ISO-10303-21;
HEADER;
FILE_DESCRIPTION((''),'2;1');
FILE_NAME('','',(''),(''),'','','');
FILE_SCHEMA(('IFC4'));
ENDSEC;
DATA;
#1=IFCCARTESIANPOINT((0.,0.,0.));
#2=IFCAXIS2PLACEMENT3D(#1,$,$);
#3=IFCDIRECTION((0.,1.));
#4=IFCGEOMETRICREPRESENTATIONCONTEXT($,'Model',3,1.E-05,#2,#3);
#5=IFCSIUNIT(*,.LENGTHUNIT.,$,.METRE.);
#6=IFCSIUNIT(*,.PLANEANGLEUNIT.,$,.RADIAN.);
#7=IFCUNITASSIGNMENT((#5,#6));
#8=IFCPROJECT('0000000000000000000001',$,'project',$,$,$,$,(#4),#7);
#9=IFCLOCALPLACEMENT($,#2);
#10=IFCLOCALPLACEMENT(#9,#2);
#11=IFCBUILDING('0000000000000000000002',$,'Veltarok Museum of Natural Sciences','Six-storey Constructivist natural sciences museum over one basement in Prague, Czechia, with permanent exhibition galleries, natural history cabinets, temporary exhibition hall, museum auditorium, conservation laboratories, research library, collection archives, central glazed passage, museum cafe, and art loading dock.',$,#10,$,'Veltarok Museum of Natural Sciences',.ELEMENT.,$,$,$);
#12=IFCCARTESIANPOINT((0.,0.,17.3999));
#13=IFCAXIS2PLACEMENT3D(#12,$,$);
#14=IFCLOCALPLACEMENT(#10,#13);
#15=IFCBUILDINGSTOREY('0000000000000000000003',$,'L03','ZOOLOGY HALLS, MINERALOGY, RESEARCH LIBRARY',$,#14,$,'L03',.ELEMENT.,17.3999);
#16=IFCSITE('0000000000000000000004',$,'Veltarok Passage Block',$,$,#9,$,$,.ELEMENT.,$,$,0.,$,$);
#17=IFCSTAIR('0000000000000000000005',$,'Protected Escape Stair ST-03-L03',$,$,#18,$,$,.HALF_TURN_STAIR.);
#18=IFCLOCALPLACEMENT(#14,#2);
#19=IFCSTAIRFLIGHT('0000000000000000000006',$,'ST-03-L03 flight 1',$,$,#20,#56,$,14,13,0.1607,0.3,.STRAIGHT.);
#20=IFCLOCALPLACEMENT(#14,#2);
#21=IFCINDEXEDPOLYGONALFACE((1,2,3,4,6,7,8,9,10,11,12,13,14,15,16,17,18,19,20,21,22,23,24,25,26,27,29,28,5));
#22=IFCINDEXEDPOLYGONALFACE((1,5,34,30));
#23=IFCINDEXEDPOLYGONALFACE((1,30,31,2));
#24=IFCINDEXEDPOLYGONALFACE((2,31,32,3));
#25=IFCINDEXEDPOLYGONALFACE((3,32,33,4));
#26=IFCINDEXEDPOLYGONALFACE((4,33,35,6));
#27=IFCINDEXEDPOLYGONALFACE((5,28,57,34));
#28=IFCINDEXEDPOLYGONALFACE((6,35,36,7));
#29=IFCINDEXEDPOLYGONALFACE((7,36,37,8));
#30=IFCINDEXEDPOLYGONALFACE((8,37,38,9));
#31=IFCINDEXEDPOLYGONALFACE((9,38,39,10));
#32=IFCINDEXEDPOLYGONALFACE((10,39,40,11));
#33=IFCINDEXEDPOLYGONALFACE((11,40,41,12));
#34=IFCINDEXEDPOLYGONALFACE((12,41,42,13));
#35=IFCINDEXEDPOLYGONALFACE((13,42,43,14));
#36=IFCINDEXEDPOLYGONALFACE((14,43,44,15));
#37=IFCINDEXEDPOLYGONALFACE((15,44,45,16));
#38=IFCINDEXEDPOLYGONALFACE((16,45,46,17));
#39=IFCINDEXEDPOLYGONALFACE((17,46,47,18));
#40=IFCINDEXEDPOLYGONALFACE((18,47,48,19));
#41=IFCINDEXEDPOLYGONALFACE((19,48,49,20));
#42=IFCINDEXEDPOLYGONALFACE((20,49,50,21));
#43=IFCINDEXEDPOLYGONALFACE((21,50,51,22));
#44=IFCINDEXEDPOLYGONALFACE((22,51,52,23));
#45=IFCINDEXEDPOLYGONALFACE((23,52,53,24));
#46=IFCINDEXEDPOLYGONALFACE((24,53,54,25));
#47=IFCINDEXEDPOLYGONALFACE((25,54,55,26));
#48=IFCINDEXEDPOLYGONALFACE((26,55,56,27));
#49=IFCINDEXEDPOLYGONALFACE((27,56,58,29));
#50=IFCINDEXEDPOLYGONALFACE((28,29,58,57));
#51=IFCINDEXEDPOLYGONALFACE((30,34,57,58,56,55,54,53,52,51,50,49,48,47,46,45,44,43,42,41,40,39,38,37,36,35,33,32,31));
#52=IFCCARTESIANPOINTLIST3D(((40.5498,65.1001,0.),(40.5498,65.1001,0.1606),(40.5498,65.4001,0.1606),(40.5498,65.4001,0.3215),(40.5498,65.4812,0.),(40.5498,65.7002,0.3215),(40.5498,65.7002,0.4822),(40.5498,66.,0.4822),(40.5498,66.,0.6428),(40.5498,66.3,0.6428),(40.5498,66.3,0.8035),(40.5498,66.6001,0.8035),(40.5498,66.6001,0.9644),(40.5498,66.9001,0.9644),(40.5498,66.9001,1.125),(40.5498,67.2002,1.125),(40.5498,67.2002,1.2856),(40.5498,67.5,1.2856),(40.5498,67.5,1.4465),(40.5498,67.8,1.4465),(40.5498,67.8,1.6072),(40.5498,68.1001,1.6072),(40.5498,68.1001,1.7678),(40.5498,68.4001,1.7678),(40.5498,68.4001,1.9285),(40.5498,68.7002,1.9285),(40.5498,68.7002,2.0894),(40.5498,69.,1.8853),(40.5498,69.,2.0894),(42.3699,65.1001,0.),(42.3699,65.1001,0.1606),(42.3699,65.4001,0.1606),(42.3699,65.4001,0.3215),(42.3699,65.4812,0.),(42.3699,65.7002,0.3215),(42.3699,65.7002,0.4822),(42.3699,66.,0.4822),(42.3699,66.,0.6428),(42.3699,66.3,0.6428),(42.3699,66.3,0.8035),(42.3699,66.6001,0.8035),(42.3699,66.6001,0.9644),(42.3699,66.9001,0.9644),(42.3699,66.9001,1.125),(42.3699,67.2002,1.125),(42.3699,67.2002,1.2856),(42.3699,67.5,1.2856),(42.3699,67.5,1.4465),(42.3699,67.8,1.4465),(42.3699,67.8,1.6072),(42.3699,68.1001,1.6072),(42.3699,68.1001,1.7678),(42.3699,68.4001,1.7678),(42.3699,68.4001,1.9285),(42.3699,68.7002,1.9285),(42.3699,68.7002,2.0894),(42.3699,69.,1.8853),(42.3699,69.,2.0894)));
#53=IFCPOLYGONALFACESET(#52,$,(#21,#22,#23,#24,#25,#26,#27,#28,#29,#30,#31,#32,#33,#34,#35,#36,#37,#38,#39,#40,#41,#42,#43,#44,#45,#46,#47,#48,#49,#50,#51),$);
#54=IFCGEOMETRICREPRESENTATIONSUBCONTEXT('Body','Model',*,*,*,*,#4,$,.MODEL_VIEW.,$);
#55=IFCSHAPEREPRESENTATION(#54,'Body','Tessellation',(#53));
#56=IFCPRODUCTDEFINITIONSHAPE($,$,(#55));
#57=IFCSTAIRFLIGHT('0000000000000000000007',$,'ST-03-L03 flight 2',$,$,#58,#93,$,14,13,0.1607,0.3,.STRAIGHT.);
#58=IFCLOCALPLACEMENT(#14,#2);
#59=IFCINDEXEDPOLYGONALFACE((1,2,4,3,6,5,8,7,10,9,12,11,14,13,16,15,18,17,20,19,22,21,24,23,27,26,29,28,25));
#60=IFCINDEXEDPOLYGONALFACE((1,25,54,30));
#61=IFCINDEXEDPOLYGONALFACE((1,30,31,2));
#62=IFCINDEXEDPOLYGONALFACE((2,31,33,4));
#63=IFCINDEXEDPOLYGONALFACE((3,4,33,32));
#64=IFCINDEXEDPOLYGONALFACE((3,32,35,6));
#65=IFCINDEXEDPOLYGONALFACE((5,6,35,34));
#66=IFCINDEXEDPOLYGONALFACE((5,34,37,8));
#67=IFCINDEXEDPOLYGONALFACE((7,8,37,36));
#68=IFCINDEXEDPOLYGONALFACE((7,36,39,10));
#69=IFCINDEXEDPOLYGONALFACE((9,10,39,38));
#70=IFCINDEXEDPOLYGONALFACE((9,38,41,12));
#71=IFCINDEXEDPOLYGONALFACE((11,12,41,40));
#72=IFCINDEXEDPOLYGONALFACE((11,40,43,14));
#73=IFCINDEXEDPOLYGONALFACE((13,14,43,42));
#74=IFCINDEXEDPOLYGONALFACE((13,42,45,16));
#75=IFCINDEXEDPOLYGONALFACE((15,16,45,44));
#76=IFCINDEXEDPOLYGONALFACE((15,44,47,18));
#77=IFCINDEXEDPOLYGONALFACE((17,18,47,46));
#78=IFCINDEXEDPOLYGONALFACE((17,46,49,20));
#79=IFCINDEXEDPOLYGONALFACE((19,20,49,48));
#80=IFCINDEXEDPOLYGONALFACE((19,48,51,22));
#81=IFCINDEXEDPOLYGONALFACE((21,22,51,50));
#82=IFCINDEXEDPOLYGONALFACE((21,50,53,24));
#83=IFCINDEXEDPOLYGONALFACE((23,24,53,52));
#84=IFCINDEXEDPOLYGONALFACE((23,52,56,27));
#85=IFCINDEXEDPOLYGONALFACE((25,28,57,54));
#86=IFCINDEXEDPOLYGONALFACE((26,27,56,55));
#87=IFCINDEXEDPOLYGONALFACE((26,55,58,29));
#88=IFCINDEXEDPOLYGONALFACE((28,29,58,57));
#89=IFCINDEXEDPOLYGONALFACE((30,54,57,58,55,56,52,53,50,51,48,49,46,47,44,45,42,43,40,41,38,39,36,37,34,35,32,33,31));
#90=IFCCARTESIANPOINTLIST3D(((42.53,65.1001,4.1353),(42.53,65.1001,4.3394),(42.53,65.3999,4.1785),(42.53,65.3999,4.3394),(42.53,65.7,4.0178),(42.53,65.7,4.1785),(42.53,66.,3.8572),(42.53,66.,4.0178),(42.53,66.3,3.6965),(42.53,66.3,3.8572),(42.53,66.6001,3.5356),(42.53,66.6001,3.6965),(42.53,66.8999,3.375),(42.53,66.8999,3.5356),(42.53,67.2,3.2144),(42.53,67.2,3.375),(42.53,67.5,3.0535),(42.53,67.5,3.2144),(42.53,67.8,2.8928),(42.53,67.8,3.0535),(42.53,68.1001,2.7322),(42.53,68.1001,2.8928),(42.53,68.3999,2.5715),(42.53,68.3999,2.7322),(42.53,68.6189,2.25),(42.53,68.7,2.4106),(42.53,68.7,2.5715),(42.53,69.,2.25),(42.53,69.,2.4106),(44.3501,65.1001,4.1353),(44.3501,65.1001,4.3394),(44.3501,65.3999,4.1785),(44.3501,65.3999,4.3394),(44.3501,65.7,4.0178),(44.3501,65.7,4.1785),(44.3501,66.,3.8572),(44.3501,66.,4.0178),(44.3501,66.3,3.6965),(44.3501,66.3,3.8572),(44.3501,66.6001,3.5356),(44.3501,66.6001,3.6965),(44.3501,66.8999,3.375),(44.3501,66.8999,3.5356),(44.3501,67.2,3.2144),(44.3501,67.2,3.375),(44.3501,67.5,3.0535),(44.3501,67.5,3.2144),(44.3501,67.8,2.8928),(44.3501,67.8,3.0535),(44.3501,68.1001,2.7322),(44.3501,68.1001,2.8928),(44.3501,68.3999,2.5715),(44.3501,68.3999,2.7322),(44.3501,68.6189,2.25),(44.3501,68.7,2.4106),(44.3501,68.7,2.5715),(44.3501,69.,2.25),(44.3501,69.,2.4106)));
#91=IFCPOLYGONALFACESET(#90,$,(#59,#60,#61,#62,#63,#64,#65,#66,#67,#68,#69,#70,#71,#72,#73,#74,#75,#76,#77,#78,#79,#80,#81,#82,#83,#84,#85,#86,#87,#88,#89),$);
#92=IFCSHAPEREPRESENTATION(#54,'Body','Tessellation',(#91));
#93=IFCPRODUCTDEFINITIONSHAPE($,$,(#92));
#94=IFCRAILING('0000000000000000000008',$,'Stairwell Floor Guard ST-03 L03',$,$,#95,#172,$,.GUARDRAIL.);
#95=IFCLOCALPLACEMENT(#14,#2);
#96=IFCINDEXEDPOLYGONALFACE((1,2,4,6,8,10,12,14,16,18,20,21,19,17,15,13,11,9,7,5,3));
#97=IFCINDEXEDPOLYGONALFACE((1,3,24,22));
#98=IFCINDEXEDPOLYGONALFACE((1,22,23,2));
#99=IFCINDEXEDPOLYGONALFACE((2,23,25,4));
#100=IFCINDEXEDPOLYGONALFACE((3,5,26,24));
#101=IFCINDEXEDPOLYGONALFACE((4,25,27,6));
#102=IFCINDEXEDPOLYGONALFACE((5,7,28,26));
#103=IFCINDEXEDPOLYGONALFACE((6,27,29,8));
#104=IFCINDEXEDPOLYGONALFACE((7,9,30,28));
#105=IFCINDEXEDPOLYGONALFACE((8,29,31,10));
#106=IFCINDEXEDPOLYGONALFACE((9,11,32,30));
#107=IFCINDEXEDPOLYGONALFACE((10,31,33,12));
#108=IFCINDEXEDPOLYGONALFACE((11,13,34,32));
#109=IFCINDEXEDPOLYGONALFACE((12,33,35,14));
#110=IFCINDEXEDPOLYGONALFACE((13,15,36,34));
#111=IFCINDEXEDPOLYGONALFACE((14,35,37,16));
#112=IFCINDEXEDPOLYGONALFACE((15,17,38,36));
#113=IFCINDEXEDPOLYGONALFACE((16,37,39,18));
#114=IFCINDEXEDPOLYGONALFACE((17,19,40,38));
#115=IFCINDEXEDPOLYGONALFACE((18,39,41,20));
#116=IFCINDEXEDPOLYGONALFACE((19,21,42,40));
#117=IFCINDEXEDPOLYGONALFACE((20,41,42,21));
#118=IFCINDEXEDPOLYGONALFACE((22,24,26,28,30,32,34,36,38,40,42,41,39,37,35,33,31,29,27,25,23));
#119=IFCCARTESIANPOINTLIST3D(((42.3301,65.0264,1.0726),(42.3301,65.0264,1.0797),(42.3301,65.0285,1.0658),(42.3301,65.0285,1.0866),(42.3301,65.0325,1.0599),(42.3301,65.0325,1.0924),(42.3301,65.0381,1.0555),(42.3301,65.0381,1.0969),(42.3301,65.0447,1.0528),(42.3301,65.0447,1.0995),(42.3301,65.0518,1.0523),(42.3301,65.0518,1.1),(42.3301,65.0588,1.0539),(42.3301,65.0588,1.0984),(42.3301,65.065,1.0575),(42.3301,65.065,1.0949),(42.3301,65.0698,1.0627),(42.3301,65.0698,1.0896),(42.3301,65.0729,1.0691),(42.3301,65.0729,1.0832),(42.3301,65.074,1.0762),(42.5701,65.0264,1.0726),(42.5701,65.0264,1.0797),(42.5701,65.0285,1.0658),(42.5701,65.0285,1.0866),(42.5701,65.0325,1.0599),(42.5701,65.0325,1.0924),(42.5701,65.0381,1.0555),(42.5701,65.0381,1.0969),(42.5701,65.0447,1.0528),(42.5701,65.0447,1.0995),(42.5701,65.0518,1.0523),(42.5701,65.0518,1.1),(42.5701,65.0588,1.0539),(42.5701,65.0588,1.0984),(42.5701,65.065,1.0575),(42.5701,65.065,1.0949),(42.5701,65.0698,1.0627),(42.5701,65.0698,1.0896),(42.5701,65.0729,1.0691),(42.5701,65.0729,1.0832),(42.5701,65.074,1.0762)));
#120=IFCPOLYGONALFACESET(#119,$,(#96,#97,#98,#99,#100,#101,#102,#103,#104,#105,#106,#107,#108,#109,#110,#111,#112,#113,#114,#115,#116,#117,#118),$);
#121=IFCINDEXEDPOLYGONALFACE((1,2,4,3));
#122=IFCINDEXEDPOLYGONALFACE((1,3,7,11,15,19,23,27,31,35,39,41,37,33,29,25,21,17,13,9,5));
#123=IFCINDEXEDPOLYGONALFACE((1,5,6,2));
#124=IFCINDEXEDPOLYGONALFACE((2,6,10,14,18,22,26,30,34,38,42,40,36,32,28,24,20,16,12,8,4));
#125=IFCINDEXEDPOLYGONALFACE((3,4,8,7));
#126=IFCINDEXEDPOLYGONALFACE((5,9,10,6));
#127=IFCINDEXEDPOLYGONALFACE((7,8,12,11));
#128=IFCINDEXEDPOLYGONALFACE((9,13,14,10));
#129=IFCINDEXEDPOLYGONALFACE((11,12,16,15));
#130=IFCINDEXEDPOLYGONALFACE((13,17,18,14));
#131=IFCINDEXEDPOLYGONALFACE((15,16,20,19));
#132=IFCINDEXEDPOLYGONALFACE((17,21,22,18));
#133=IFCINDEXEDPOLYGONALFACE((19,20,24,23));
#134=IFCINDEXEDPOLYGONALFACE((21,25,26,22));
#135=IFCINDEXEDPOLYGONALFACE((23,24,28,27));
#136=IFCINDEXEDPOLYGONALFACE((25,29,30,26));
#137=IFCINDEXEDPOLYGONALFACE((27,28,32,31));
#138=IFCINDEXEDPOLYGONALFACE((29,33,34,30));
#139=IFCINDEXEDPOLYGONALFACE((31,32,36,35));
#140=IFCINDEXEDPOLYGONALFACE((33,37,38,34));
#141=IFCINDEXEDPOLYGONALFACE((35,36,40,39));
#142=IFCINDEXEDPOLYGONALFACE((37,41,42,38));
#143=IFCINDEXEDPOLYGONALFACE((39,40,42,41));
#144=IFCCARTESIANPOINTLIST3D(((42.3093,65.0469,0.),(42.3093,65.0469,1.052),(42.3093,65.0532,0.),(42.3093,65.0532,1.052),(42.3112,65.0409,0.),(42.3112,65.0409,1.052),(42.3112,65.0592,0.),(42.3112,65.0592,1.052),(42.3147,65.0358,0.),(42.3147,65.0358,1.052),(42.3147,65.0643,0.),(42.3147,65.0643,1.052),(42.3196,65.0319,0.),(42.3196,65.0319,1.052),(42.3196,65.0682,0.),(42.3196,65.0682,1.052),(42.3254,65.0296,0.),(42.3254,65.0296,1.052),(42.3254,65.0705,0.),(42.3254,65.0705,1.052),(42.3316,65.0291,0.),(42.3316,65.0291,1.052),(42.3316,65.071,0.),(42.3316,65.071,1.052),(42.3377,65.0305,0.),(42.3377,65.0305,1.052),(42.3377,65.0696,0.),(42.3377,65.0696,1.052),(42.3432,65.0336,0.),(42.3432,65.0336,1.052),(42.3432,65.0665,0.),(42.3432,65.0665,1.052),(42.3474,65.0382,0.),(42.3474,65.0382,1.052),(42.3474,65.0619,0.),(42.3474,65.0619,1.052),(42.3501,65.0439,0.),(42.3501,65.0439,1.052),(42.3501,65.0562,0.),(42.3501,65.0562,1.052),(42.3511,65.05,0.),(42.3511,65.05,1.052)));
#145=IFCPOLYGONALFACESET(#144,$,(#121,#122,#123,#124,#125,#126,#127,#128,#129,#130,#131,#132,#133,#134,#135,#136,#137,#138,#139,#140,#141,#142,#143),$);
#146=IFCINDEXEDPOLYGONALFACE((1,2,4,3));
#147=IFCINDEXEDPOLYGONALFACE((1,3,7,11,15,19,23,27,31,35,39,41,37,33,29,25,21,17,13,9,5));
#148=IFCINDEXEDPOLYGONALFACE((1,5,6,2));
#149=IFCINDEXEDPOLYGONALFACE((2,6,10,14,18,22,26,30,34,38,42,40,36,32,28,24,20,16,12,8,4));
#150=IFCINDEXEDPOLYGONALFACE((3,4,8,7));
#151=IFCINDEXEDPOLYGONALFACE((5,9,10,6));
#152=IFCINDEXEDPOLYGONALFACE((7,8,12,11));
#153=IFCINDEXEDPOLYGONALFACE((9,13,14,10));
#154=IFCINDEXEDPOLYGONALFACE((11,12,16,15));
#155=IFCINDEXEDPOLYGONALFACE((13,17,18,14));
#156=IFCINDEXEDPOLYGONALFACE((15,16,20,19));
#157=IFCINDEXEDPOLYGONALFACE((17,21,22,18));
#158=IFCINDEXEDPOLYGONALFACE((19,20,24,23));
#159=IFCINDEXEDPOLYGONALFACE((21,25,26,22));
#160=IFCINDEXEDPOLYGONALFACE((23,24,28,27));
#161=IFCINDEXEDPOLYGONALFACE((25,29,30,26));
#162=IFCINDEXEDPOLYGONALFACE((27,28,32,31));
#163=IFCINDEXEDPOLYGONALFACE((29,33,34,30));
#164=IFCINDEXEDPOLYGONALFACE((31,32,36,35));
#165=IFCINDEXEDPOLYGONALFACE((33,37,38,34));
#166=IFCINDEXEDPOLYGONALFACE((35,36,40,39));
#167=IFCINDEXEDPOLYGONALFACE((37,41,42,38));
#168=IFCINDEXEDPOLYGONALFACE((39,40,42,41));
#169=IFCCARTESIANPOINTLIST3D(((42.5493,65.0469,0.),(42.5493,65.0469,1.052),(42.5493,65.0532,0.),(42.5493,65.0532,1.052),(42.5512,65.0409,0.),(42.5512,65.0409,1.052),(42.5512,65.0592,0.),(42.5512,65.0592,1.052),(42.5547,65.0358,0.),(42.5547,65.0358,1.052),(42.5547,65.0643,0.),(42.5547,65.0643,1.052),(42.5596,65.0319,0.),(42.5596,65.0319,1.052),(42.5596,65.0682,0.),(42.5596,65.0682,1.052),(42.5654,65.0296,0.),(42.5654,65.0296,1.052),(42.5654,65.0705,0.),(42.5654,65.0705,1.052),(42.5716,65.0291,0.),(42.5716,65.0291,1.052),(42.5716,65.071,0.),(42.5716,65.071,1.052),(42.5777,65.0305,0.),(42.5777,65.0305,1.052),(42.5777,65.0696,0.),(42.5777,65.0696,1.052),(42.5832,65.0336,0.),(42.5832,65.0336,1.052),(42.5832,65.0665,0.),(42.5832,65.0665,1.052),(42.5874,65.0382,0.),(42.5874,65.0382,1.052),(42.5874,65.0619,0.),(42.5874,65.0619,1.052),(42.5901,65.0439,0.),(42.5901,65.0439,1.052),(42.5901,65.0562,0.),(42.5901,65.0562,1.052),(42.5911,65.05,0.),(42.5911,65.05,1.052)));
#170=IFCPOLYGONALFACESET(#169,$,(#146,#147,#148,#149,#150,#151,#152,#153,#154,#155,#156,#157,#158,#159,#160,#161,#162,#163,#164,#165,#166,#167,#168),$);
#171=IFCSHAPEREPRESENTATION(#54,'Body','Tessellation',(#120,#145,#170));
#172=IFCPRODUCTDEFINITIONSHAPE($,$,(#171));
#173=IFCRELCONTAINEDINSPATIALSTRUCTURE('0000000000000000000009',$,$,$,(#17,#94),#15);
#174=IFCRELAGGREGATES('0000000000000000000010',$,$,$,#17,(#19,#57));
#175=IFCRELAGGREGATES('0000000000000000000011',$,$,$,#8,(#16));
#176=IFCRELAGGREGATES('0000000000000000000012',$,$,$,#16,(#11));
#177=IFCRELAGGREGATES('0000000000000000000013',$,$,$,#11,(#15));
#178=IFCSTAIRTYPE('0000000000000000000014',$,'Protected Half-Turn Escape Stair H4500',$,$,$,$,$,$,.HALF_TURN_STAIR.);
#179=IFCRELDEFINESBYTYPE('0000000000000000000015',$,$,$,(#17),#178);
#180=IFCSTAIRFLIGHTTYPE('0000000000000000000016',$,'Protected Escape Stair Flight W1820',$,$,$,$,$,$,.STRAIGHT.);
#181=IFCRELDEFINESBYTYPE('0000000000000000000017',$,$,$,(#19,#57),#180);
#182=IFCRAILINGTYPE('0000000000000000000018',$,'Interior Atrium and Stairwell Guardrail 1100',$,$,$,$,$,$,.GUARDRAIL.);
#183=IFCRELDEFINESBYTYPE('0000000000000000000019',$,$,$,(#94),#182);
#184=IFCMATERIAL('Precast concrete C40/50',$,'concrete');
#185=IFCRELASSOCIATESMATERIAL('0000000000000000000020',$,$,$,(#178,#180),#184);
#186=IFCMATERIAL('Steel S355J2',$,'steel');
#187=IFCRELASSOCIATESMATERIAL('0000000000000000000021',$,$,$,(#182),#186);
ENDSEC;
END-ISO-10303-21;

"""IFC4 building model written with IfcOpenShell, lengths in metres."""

from ifc_helpers import new_model, si_unit, direction, frame, origin, origin_2d, place, context, subcontext, project, spatial, polyline, circle, outline, extrude, material, type_object, element, aggregate, save


model = new_model("IFC4")

# Units and contexts
model_context = context("Model", 3, precision=1e-05, world=origin(), true_north=direction((0.0, 1.0)))
body_context = subcontext(model_context, "Body", "Model", "MODEL_VIEW")
ifc_project = project(units=[si_unit("LENGTHUNIT", "METRE"), si_unit("PLANEANGLEUNIT", "RADIAN")], contexts=[model_context])

# Site, building, storey
site_placement = place(None, origin())
site = spatial("IfcSite", under=ifc_project, at=site_placement, Name="Veltarok Passage Block", CompositionType="ELEMENT", RefElevation=0.0)
building_placement = place(site_placement, origin())
building = spatial("IfcBuilding", under=site, at=building_placement, Name="Veltarok Museum of Natural Sciences", Description="Six-storey Constructivist natural sciences museum over one basement in Prague, Czechia, with permanent exhibition galleries, natural history cabinets, temporary exhibition hall, museum auditorium, conservation laboratories, research library, collection archives, central glazed passage, museum cafe, and art loading dock.", LongName="Veltarok Museum of Natural Sciences", CompositionType="ELEMENT")
storey_placement = place(building_placement, frame((0.0, 0.0, 17.3999)))
storey = spatial("IfcBuildingStorey", under=building, at=storey_placement, Name="L03", Description="ZOOLOGY HALLS, MINERALOGY, RESEARCH LIBRARY", LongName="L03", CompositionType="ELEMENT", Elevation=17.3999)

# Shared definitions
ifc_material_1 = material(Name="Steel S355J2", Category="steel")

# Shared definitions
ifc_material_2 = material(Name="Precast concrete C40/50", Category="concrete")

# Stair, stair flights
stair_type = type_object("IfcStairType", Name="Protected Half-Turn Escape Stair H4500", PredefinedType="HALF_TURN_STAIR", material=ifc_material_2)
stair_placement = place(storey_placement, origin())
stair = element("IfcStair", 1, at=stair_placement, inside=storey, type_object=stair_type, Name="Protected Escape Stair ST-03-L03", PredefinedType="HALF_TURN_STAIR")
stair_flight_type = type_object("IfcStairFlightType", Name="Protected Escape Stair Flight W1820", PredefinedType="STRAIGHT", material=ifc_material_2)
stair_flight_1_placement = place(storey_placement, frame((41.46, 65.1001, 0.0), z_axis=(0.0, 0.0, 1.0), x_axis=(0.0, 1.0, 0.0)))
stair_flight_1 = element("IfcStairFlight", 2, at=stair_flight_1_placement, type_object=stair_flight_type, Name="ST-03-L03 flight 1", NumberOfRisers=14, NumberOfTreads=13, PredefinedType="STRAIGHT", RiserHeight=0.1607, TreadLength=0.3, context=body_context, shape_type="SweptSolid", body=[
    extrude(outline(polyline([(0.0, 0.0), (0.0, 0.1606), (0.3, 0.1606), (0.3, 0.3215), (0.6001, 0.3215), (0.6001, 0.4822), (0.8999, 0.4822), (0.8999, 0.6428), (1.2, 0.6428), (1.2, 0.8035), (1.5, 0.8035), (1.5, 0.9644), (1.8, 0.9644), (1.8, 1.125), (2.1001, 1.125), (2.1001, 1.2856), (2.3999, 1.2856), (2.3999, 1.4465), (2.7, 1.4465), (2.7, 1.6072), (3.0, 1.6072), (3.0, 1.7678), (3.3, 1.7678), (3.3, 1.9285), (3.6001, 1.9285), (3.6001, 2.0894), (3.8999, 2.0894), (3.8999, 2.25), (3.8999, 1.8853), (0.3811, 0.0), (0.0, 0.0)])), frame((0.0, 0.9102, 0.0), z_axis=(0.0, -1.0, 0.0), x_axis=(1.0, 0.0, 0.0)), (0.0, 0.0, 1.0), 1.8201),
])
stair_flight_2_placement = place(storey_placement, frame((43.4399, 69.0, 2.25), z_axis=(0.0, 0.0, 1.0), x_axis=(0.0, -1.0, 0.0)))
stair_flight_2 = element("IfcStairFlight", 3, at=stair_flight_2_placement, type_object=stair_flight_type, Name="ST-03-L03 flight 2", NumberOfRisers=14, NumberOfTreads=13, PredefinedType="STRAIGHT", RiserHeight=0.1607, TreadLength=0.3, context=body_context, shape_type="SweptSolid", body=[
    extrude(outline(polyline([(0.0, 0.0), (0.0, 0.1606), (0.3, 0.1606), (0.3, 0.3215), (0.6001, 0.3215), (0.6001, 0.4822), (0.8999, 0.4822), (0.8999, 0.6428), (1.2, 0.6428), (1.2, 0.8035), (1.5, 0.8035), (1.5, 0.9644), (1.8, 0.9644), (1.8, 1.125), (2.1001, 1.125), (2.1001, 1.2856), (2.3999, 1.2856), (2.3999, 1.4465), (2.7, 1.4465), (2.7, 1.6072), (3.0, 1.6072), (3.0, 1.7678), (3.3, 1.7678), (3.3, 1.9285), (3.6001, 1.9285), (3.6001, 2.0894), (3.8999, 2.0894), (3.8999, 2.25), (3.8999, 1.8853), (0.3811, 0.0), (0.0, 0.0)])), frame((0.0, 0.9102, 0.0), z_axis=(0.0, -1.0, 0.0), x_axis=(1.0, 0.0, 0.0)), (0.0, 0.0, 1.0), 1.8201),
])
aggregate(stair, [stair_flight_1, stair_flight_2])

# Railing
railing_type_1 = type_object("IfcRailingType", Name="Interior Atrium and Stairwell Guardrail 1100", PredefinedType="GUARDRAIL", material=ifc_material_1)
for number, where, name in (
    (4, (42.3301, 65.05, 0.0), "Stairwell Floor Guard ST-03 L03"),
):
    element("IfcRailing", number, at=place(storey_placement, frame(where)), inside=storey, type_object=railing_type_1, Name=name, PredefinedType="GUARDRAIL", context=body_context, shape_type="SweptSolid", body=[
        extrude(circle(Radius=0.0239, at=origin_2d()), frame((0.0, 0.0, 1.0762), z_axis=(1.0, 0.0, 0.0), x_axis=(0.0, 1.0, 0.0)), (0.0, 0.0, 1.0), 0.24),
        extrude(circle(Radius=0.021, at=origin_2d()), origin(), (0.0, 0.0, 1.0), 1.052),
        extrude(circle(Radius=0.021, at=origin_2d()), frame((0.24, 0.0, 0.0)), (0.0, 0.0, 1.0), 1.052),
    ])

save(model, "model.ifc")
